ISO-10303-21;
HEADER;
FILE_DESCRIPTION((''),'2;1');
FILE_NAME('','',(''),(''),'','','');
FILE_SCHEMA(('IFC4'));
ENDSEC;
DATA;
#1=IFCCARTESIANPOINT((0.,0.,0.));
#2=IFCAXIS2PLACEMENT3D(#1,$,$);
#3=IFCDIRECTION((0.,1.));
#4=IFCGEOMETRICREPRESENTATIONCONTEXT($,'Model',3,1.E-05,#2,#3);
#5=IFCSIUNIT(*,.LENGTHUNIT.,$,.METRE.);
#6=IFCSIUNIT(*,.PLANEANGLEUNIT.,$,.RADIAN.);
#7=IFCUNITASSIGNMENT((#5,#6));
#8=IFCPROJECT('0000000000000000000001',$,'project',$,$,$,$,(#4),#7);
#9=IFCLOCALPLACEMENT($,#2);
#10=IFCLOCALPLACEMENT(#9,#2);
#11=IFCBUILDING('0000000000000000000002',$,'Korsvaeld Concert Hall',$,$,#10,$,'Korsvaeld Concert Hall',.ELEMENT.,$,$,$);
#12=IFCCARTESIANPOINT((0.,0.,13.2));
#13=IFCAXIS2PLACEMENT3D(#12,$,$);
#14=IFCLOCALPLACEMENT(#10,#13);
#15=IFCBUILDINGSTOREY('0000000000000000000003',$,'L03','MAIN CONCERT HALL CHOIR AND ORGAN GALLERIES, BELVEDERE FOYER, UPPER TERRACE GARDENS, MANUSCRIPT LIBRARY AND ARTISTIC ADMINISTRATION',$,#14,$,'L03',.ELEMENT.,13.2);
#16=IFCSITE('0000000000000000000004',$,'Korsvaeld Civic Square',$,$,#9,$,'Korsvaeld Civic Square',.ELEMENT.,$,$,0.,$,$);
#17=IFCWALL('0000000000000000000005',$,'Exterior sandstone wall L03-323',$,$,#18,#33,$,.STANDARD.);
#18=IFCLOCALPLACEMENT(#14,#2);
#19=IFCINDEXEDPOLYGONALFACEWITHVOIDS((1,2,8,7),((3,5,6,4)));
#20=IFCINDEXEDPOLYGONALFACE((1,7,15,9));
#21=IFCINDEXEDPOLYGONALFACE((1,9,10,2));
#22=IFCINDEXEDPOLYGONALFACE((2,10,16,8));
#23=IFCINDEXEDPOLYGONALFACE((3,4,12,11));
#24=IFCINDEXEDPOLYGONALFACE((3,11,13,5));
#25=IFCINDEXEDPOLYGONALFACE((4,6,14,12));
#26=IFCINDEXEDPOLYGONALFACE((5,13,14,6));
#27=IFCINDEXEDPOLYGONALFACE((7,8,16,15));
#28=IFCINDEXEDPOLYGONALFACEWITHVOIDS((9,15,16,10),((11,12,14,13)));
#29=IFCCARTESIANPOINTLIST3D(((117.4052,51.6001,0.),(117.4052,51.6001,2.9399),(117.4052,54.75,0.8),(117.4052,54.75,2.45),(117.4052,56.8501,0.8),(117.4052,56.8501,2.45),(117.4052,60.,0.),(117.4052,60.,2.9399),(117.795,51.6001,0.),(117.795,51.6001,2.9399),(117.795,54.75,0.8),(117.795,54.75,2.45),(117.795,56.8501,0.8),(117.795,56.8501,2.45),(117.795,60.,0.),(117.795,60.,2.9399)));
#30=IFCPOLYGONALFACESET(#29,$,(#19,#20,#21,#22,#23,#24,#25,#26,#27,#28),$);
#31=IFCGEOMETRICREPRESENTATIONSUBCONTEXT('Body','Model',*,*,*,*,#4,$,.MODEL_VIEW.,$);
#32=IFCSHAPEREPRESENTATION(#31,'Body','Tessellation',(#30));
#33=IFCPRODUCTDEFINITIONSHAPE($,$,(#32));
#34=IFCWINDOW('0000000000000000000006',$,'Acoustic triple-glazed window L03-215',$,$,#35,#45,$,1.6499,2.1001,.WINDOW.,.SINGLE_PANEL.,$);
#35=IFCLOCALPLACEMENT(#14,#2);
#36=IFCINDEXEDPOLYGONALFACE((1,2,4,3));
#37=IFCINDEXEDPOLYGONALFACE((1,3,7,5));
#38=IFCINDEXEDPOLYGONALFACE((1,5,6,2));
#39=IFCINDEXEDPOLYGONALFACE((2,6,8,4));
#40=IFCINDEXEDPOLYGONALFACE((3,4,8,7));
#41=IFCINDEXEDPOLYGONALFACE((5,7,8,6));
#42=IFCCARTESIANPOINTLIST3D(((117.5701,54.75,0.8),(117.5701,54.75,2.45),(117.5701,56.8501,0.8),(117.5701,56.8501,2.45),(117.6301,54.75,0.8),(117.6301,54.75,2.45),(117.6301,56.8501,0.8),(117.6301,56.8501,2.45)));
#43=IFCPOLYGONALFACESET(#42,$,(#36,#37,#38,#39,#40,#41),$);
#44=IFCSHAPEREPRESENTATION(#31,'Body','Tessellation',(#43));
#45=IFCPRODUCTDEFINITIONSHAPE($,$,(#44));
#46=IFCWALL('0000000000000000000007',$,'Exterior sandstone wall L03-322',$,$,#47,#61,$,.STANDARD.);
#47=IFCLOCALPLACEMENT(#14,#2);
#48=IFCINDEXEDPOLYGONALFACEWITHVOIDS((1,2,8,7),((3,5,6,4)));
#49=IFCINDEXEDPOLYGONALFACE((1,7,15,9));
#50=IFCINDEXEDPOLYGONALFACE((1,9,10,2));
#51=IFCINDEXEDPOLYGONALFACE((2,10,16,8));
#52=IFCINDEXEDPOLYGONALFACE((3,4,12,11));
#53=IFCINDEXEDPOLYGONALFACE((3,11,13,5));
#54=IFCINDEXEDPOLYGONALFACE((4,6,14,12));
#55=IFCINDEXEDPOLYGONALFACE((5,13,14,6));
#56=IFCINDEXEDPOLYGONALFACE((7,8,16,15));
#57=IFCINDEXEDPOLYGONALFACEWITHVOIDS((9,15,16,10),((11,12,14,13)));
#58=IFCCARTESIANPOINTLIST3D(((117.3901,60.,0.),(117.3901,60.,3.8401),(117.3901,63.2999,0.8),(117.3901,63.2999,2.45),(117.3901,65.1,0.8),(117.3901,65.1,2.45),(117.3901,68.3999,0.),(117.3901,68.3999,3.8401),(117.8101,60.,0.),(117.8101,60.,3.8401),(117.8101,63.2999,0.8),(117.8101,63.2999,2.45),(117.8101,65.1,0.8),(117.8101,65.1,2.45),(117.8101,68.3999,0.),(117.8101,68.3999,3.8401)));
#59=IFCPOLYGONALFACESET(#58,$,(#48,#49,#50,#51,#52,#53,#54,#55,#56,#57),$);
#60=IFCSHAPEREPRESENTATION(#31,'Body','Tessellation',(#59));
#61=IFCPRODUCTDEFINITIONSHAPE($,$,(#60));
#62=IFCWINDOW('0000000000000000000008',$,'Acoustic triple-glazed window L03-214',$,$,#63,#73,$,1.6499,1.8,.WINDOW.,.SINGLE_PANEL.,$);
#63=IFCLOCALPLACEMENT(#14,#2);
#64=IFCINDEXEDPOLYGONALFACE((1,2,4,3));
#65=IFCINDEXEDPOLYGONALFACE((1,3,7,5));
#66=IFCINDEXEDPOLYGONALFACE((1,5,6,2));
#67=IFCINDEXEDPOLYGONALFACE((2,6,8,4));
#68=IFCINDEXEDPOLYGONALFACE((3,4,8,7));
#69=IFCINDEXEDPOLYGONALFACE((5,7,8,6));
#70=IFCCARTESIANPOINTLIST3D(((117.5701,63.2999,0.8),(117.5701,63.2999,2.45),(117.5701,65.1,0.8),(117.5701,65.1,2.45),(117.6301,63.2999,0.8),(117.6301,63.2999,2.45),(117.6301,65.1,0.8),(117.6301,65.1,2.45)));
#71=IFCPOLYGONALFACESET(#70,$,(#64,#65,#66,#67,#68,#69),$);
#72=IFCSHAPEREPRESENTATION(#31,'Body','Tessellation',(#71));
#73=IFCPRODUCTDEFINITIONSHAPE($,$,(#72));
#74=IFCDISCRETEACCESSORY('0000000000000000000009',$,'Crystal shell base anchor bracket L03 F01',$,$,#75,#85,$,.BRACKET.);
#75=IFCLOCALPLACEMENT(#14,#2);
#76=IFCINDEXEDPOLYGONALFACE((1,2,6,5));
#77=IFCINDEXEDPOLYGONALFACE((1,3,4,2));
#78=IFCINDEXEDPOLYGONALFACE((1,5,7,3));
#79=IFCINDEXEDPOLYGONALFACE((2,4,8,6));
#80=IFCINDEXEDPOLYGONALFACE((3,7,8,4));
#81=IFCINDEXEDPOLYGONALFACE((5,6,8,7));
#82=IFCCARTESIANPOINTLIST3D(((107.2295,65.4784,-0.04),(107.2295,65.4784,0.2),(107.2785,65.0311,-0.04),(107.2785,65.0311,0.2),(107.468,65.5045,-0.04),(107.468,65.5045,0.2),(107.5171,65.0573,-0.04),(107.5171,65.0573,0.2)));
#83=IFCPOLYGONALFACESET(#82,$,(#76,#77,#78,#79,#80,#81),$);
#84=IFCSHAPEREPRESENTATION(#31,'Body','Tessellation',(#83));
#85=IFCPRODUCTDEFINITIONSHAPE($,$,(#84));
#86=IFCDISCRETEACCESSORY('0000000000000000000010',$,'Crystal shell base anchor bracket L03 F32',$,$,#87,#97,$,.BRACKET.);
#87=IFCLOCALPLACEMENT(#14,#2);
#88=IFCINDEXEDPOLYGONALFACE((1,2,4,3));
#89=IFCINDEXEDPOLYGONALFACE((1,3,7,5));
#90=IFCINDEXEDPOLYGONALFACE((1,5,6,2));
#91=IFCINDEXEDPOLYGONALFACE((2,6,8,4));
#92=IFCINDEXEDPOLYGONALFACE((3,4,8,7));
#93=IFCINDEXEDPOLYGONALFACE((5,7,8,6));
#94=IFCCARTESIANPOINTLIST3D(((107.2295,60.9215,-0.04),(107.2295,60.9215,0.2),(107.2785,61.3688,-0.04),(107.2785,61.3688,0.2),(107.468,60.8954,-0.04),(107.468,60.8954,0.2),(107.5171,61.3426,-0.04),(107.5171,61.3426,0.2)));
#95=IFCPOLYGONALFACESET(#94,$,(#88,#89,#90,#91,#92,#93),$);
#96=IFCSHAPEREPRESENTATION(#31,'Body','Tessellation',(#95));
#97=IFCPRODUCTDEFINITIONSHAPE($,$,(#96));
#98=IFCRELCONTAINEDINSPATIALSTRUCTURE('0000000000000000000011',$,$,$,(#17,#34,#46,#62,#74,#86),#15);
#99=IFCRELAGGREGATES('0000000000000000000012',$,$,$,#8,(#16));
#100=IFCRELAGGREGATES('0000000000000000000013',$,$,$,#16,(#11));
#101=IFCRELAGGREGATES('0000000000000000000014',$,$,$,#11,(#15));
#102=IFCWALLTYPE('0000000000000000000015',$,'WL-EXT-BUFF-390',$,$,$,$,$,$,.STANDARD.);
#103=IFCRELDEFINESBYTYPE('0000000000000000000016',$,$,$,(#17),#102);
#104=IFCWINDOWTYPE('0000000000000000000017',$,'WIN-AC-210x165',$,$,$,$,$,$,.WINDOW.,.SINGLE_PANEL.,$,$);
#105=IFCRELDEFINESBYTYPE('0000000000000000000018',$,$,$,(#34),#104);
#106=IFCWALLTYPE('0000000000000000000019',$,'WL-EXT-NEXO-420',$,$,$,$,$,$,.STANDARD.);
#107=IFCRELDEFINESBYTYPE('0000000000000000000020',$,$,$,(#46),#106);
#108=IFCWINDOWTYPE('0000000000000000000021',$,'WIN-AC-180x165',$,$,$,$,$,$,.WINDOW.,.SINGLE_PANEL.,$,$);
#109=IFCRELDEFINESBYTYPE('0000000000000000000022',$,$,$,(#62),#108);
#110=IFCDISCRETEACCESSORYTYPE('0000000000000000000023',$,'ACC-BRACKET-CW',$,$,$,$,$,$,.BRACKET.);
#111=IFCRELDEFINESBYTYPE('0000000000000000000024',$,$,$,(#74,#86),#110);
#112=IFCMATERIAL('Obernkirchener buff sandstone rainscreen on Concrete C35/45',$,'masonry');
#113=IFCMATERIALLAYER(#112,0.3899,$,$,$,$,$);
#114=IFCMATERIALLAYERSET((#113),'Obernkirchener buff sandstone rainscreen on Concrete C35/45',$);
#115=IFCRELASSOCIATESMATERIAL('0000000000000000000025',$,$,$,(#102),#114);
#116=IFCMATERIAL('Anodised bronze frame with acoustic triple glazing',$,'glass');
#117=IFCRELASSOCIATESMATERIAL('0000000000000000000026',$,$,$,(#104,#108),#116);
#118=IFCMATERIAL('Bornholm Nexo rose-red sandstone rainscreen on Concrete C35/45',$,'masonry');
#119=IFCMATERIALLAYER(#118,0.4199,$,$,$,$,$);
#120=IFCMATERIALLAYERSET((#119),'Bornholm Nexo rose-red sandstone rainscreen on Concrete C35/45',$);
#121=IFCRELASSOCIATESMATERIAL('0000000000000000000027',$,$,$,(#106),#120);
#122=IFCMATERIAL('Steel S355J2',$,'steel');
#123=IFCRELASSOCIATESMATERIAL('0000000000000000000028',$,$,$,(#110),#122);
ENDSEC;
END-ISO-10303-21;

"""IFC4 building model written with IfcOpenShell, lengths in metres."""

from ifc_helpers import new_model, si_unit, direction, frame, frame_2d, origin, origin_2d, place, context, subcontext, project, spatial, rectangle, extrude, material, layer, layer_set, type_object, element, fill, save


model = new_model("IFC4")

# Units and contexts
model_context = context("Model", 3, precision=1e-05, world=origin(), true_north=direction((0.0, 1.0)))
body_context = subcontext(model_context, "Body", "Model", "MODEL_VIEW")
ifc_project = project(units=[si_unit("LENGTHUNIT", "METRE"), si_unit("PLANEANGLEUNIT", "RADIAN")], contexts=[model_context])

# Site, building, storey
site_placement = place(None, origin())
site = spatial("IfcSite", under=ifc_project, at=site_placement, Name="Korsvaeld Civic Square", LongName="Korsvaeld Civic Square", CompositionType="ELEMENT", RefElevation=0.0)
building_placement = place(site_placement, origin())
building = spatial("IfcBuilding", under=site, at=building_placement, Name="Korsvaeld Concert Hall", LongName="Korsvaeld Concert Hall", CompositionType="ELEMENT")
storey_placement = place(building_placement, frame((0.0, 0.0, 13.2)))
storey = spatial("IfcBuildingStorey", under=building, at=storey_placement, Name="L03", Description="MAIN CONCERT HALL CHOIR AND ORGAN GALLERIES, BELVEDERE FOYER, UPPER TERRACE GARDENS, MANUSCRIPT LIBRARY AND ARTISTIC ADMINISTRATION", LongName="L03", CompositionType="ELEMENT", Elevation=13.2)

# Shared definitions
ifc_material_1 = material(Name="Steel S355J2", Category="steel")

# Walls, openings, windows
ifc_material_2 = material(Name="Obernkirchener buff sandstone rainscreen on Concrete C35/45", Category="masonry")
ifc_layer_1 = layer(ifc_material_2, 0.3899)
ifc_layer_set_1 = layer_set([ifc_layer_1], Name="Obernkirchener buff sandstone rainscreen on Concrete C35/45")
wall_type_1 = type_object("IfcWallType", Name="WL-EXT-BUFF-390", PredefinedType="STANDARD", material=ifc_layer_set_1)
wall_1_placement = place(storey_placement, frame((117.6001, 60.0, 0.0), z_axis=(0.0, 0.0, 1.0), x_axis=(0.0, -1.0, 0.0)))
wall_1 = element("IfcWall", 1, at=wall_1_placement, inside=storey, type_object=wall_type_1, Name="Exterior sandstone wall L03-323", PredefinedType="STANDARD", context=body_context, shape_type="SweptSolid", body=[
    extrude(rectangle(XDim=8.3999, YDim=0.3899, at=frame_2d((4.2, 0.0))), origin(), (0.0, 0.0, 1.0), 2.9399),
])
opening_1_placement = place(wall_1_placement, frame((3.1499, 0.0, 0.8)))
opening_1 = element("IfcOpeningElement", 2, at=opening_1_placement, cuts=wall_1, PredefinedType="OPENING", context=body_context, shape_type="SweptSolid", body=[
    extrude(rectangle(XDim=2.1001, YDim=1.6499, at=frame_2d((1.05, 0.825))), frame((0.0, 0.2051, 0.0), z_axis=(0.0, -1.0, 0.0), x_axis=(1.0, 0.0, 0.0)), (0.0, 0.0, 1.0), 0.4099),
])
ifc_material_3 = material(Name="Anodised bronze frame with acoustic triple glazing", Category="glass")
window_type_1 = type_object("IfcWindowType", Name="WIN-AC-210x165", PartitioningType="SINGLE_PANEL", PredefinedType="WINDOW", material=ifc_material_3)
window_1_placement = place(opening_1_placement, origin())
window_1 = element("IfcWindow", 3, at=window_1_placement, inside=storey, type_object=window_type_1, Name="Acoustic triple-glazed window L03-215", OverallHeight=1.6499, OverallWidth=2.1001, PartitioningType="SINGLE_PANEL", PredefinedType="WINDOW", context=body_context, shape_type="SweptSolid", body=[
    extrude(rectangle(XDim=2.1001, YDim=1.6499, at=frame_2d((1.05, 0.825))), frame((0.0, 0.03, 0.0), z_axis=(0.0, -1.0, 0.0), x_axis=(1.0, 0.0, 0.0)), (0.0, 0.0, 1.0), 0.0601),
])
fill(opening_1, window_1)
ifc_material_4 = material(Name="Bornholm Nexo rose-red sandstone rainscreen on Concrete C35/45", Category="masonry")
ifc_layer_2 = layer(ifc_material_4, 0.4199)
ifc_layer_set_2 = layer_set([ifc_layer_2], Name="Bornholm Nexo rose-red sandstone rainscreen on Concrete C35/45")
wall_type_2 = type_object("IfcWallType", Name="WL-EXT-NEXO-420", PredefinedType="STANDARD", material=ifc_layer_set_2)
wall_2_placement = place(storey_placement, frame((117.6001, 68.3999, 0.0), z_axis=(0.0, 0.0, 1.0), x_axis=(0.0, -1.0, 0.0)))
wall_2 = element("IfcWall", 4, at=wall_2_placement, inside=storey, type_object=wall_type_2, Name="Exterior sandstone wall L03-322", PredefinedType="STANDARD", context=body_context, shape_type="SweptSolid", body=[
    extrude(rectangle(XDim=8.3999, YDim=0.4199, at=frame_2d((4.2, 0.0))), origin(), (0.0, 0.0, 1.0), 3.8401),
])
opening_2_placement = place(wall_2_placement, frame((3.3, 0.0, 0.8)))
opening_2 = element("IfcOpeningElement", 5, at=opening_2_placement, cuts=wall_2, PredefinedType="OPENING", context=body_context, shape_type="SweptSolid", body=[
    extrude(rectangle(XDim=1.8, YDim=1.6499, at=frame_2d((0.8999, 0.825))), frame((0.0, 0.22, 0.0), z_axis=(0.0, -1.0, 0.0), x_axis=(1.0, 0.0, 0.0)), (0.0, 0.0, 1.0), 0.4399),
])
window_type_2 = type_object("IfcWindowType", Name="WIN-AC-180x165", PartitioningType="SINGLE_PANEL", PredefinedType="WINDOW", material=ifc_material_3)
window_2_placement = place(opening_2_placement, origin())
window_2 = element("IfcWindow", 6, at=window_2_placement, inside=storey, type_object=window_type_2, Name="Acoustic triple-glazed window L03-214", OverallHeight=1.6499, OverallWidth=1.8, PartitioningType="SINGLE_PANEL", PredefinedType="WINDOW", context=body_context, shape_type="SweptSolid", body=[
    extrude(rectangle(XDim=1.8, YDim=1.6499, at=frame_2d((0.8999, 0.825))), frame((0.0, 0.03, 0.0), z_axis=(0.0, -1.0, 0.0), x_axis=(1.0, 0.0, 0.0)), (0.0, 0.0, 1.0), 0.0601),
])
fill(opening_2, window_2)

# Discrete accessories
discrete_accessory_type = type_object("IfcDiscreteAccessoryType", Name="ACC-BRACKET-CW", PredefinedType="BRACKET", material=ifc_material_1)
for number, where, z_axis, x_axis, name in (
    (7, (107.3733, 65.2678, -0.04), (0.0, 0.0, 1.0), (-0.10904, 0.994037, 0.0), "Crystal shell base anchor bracket L03 F01"),
    (8, (107.3733, 61.1321, -0.04), (0.0, 0.0, 1.0), (0.10904, 0.994037, 0.0), "Crystal shell base anchor bracket L03 F32"),
):
    element("IfcDiscreteAccessory", number, at=place(storey_placement, frame(where, z_axis=z_axis, x_axis=x_axis)), inside=storey, type_object=discrete_accessory_type, Name=name, PredefinedType="BRACKET", context=body_context, shape_type="SweptSolid", body=[
        extrude(rectangle(XDim=0.45, YDim=0.24, at=origin_2d()), origin(), (0.0, 0.0, 1.0), 0.24),
    ])

save(model, "model.ifc")
